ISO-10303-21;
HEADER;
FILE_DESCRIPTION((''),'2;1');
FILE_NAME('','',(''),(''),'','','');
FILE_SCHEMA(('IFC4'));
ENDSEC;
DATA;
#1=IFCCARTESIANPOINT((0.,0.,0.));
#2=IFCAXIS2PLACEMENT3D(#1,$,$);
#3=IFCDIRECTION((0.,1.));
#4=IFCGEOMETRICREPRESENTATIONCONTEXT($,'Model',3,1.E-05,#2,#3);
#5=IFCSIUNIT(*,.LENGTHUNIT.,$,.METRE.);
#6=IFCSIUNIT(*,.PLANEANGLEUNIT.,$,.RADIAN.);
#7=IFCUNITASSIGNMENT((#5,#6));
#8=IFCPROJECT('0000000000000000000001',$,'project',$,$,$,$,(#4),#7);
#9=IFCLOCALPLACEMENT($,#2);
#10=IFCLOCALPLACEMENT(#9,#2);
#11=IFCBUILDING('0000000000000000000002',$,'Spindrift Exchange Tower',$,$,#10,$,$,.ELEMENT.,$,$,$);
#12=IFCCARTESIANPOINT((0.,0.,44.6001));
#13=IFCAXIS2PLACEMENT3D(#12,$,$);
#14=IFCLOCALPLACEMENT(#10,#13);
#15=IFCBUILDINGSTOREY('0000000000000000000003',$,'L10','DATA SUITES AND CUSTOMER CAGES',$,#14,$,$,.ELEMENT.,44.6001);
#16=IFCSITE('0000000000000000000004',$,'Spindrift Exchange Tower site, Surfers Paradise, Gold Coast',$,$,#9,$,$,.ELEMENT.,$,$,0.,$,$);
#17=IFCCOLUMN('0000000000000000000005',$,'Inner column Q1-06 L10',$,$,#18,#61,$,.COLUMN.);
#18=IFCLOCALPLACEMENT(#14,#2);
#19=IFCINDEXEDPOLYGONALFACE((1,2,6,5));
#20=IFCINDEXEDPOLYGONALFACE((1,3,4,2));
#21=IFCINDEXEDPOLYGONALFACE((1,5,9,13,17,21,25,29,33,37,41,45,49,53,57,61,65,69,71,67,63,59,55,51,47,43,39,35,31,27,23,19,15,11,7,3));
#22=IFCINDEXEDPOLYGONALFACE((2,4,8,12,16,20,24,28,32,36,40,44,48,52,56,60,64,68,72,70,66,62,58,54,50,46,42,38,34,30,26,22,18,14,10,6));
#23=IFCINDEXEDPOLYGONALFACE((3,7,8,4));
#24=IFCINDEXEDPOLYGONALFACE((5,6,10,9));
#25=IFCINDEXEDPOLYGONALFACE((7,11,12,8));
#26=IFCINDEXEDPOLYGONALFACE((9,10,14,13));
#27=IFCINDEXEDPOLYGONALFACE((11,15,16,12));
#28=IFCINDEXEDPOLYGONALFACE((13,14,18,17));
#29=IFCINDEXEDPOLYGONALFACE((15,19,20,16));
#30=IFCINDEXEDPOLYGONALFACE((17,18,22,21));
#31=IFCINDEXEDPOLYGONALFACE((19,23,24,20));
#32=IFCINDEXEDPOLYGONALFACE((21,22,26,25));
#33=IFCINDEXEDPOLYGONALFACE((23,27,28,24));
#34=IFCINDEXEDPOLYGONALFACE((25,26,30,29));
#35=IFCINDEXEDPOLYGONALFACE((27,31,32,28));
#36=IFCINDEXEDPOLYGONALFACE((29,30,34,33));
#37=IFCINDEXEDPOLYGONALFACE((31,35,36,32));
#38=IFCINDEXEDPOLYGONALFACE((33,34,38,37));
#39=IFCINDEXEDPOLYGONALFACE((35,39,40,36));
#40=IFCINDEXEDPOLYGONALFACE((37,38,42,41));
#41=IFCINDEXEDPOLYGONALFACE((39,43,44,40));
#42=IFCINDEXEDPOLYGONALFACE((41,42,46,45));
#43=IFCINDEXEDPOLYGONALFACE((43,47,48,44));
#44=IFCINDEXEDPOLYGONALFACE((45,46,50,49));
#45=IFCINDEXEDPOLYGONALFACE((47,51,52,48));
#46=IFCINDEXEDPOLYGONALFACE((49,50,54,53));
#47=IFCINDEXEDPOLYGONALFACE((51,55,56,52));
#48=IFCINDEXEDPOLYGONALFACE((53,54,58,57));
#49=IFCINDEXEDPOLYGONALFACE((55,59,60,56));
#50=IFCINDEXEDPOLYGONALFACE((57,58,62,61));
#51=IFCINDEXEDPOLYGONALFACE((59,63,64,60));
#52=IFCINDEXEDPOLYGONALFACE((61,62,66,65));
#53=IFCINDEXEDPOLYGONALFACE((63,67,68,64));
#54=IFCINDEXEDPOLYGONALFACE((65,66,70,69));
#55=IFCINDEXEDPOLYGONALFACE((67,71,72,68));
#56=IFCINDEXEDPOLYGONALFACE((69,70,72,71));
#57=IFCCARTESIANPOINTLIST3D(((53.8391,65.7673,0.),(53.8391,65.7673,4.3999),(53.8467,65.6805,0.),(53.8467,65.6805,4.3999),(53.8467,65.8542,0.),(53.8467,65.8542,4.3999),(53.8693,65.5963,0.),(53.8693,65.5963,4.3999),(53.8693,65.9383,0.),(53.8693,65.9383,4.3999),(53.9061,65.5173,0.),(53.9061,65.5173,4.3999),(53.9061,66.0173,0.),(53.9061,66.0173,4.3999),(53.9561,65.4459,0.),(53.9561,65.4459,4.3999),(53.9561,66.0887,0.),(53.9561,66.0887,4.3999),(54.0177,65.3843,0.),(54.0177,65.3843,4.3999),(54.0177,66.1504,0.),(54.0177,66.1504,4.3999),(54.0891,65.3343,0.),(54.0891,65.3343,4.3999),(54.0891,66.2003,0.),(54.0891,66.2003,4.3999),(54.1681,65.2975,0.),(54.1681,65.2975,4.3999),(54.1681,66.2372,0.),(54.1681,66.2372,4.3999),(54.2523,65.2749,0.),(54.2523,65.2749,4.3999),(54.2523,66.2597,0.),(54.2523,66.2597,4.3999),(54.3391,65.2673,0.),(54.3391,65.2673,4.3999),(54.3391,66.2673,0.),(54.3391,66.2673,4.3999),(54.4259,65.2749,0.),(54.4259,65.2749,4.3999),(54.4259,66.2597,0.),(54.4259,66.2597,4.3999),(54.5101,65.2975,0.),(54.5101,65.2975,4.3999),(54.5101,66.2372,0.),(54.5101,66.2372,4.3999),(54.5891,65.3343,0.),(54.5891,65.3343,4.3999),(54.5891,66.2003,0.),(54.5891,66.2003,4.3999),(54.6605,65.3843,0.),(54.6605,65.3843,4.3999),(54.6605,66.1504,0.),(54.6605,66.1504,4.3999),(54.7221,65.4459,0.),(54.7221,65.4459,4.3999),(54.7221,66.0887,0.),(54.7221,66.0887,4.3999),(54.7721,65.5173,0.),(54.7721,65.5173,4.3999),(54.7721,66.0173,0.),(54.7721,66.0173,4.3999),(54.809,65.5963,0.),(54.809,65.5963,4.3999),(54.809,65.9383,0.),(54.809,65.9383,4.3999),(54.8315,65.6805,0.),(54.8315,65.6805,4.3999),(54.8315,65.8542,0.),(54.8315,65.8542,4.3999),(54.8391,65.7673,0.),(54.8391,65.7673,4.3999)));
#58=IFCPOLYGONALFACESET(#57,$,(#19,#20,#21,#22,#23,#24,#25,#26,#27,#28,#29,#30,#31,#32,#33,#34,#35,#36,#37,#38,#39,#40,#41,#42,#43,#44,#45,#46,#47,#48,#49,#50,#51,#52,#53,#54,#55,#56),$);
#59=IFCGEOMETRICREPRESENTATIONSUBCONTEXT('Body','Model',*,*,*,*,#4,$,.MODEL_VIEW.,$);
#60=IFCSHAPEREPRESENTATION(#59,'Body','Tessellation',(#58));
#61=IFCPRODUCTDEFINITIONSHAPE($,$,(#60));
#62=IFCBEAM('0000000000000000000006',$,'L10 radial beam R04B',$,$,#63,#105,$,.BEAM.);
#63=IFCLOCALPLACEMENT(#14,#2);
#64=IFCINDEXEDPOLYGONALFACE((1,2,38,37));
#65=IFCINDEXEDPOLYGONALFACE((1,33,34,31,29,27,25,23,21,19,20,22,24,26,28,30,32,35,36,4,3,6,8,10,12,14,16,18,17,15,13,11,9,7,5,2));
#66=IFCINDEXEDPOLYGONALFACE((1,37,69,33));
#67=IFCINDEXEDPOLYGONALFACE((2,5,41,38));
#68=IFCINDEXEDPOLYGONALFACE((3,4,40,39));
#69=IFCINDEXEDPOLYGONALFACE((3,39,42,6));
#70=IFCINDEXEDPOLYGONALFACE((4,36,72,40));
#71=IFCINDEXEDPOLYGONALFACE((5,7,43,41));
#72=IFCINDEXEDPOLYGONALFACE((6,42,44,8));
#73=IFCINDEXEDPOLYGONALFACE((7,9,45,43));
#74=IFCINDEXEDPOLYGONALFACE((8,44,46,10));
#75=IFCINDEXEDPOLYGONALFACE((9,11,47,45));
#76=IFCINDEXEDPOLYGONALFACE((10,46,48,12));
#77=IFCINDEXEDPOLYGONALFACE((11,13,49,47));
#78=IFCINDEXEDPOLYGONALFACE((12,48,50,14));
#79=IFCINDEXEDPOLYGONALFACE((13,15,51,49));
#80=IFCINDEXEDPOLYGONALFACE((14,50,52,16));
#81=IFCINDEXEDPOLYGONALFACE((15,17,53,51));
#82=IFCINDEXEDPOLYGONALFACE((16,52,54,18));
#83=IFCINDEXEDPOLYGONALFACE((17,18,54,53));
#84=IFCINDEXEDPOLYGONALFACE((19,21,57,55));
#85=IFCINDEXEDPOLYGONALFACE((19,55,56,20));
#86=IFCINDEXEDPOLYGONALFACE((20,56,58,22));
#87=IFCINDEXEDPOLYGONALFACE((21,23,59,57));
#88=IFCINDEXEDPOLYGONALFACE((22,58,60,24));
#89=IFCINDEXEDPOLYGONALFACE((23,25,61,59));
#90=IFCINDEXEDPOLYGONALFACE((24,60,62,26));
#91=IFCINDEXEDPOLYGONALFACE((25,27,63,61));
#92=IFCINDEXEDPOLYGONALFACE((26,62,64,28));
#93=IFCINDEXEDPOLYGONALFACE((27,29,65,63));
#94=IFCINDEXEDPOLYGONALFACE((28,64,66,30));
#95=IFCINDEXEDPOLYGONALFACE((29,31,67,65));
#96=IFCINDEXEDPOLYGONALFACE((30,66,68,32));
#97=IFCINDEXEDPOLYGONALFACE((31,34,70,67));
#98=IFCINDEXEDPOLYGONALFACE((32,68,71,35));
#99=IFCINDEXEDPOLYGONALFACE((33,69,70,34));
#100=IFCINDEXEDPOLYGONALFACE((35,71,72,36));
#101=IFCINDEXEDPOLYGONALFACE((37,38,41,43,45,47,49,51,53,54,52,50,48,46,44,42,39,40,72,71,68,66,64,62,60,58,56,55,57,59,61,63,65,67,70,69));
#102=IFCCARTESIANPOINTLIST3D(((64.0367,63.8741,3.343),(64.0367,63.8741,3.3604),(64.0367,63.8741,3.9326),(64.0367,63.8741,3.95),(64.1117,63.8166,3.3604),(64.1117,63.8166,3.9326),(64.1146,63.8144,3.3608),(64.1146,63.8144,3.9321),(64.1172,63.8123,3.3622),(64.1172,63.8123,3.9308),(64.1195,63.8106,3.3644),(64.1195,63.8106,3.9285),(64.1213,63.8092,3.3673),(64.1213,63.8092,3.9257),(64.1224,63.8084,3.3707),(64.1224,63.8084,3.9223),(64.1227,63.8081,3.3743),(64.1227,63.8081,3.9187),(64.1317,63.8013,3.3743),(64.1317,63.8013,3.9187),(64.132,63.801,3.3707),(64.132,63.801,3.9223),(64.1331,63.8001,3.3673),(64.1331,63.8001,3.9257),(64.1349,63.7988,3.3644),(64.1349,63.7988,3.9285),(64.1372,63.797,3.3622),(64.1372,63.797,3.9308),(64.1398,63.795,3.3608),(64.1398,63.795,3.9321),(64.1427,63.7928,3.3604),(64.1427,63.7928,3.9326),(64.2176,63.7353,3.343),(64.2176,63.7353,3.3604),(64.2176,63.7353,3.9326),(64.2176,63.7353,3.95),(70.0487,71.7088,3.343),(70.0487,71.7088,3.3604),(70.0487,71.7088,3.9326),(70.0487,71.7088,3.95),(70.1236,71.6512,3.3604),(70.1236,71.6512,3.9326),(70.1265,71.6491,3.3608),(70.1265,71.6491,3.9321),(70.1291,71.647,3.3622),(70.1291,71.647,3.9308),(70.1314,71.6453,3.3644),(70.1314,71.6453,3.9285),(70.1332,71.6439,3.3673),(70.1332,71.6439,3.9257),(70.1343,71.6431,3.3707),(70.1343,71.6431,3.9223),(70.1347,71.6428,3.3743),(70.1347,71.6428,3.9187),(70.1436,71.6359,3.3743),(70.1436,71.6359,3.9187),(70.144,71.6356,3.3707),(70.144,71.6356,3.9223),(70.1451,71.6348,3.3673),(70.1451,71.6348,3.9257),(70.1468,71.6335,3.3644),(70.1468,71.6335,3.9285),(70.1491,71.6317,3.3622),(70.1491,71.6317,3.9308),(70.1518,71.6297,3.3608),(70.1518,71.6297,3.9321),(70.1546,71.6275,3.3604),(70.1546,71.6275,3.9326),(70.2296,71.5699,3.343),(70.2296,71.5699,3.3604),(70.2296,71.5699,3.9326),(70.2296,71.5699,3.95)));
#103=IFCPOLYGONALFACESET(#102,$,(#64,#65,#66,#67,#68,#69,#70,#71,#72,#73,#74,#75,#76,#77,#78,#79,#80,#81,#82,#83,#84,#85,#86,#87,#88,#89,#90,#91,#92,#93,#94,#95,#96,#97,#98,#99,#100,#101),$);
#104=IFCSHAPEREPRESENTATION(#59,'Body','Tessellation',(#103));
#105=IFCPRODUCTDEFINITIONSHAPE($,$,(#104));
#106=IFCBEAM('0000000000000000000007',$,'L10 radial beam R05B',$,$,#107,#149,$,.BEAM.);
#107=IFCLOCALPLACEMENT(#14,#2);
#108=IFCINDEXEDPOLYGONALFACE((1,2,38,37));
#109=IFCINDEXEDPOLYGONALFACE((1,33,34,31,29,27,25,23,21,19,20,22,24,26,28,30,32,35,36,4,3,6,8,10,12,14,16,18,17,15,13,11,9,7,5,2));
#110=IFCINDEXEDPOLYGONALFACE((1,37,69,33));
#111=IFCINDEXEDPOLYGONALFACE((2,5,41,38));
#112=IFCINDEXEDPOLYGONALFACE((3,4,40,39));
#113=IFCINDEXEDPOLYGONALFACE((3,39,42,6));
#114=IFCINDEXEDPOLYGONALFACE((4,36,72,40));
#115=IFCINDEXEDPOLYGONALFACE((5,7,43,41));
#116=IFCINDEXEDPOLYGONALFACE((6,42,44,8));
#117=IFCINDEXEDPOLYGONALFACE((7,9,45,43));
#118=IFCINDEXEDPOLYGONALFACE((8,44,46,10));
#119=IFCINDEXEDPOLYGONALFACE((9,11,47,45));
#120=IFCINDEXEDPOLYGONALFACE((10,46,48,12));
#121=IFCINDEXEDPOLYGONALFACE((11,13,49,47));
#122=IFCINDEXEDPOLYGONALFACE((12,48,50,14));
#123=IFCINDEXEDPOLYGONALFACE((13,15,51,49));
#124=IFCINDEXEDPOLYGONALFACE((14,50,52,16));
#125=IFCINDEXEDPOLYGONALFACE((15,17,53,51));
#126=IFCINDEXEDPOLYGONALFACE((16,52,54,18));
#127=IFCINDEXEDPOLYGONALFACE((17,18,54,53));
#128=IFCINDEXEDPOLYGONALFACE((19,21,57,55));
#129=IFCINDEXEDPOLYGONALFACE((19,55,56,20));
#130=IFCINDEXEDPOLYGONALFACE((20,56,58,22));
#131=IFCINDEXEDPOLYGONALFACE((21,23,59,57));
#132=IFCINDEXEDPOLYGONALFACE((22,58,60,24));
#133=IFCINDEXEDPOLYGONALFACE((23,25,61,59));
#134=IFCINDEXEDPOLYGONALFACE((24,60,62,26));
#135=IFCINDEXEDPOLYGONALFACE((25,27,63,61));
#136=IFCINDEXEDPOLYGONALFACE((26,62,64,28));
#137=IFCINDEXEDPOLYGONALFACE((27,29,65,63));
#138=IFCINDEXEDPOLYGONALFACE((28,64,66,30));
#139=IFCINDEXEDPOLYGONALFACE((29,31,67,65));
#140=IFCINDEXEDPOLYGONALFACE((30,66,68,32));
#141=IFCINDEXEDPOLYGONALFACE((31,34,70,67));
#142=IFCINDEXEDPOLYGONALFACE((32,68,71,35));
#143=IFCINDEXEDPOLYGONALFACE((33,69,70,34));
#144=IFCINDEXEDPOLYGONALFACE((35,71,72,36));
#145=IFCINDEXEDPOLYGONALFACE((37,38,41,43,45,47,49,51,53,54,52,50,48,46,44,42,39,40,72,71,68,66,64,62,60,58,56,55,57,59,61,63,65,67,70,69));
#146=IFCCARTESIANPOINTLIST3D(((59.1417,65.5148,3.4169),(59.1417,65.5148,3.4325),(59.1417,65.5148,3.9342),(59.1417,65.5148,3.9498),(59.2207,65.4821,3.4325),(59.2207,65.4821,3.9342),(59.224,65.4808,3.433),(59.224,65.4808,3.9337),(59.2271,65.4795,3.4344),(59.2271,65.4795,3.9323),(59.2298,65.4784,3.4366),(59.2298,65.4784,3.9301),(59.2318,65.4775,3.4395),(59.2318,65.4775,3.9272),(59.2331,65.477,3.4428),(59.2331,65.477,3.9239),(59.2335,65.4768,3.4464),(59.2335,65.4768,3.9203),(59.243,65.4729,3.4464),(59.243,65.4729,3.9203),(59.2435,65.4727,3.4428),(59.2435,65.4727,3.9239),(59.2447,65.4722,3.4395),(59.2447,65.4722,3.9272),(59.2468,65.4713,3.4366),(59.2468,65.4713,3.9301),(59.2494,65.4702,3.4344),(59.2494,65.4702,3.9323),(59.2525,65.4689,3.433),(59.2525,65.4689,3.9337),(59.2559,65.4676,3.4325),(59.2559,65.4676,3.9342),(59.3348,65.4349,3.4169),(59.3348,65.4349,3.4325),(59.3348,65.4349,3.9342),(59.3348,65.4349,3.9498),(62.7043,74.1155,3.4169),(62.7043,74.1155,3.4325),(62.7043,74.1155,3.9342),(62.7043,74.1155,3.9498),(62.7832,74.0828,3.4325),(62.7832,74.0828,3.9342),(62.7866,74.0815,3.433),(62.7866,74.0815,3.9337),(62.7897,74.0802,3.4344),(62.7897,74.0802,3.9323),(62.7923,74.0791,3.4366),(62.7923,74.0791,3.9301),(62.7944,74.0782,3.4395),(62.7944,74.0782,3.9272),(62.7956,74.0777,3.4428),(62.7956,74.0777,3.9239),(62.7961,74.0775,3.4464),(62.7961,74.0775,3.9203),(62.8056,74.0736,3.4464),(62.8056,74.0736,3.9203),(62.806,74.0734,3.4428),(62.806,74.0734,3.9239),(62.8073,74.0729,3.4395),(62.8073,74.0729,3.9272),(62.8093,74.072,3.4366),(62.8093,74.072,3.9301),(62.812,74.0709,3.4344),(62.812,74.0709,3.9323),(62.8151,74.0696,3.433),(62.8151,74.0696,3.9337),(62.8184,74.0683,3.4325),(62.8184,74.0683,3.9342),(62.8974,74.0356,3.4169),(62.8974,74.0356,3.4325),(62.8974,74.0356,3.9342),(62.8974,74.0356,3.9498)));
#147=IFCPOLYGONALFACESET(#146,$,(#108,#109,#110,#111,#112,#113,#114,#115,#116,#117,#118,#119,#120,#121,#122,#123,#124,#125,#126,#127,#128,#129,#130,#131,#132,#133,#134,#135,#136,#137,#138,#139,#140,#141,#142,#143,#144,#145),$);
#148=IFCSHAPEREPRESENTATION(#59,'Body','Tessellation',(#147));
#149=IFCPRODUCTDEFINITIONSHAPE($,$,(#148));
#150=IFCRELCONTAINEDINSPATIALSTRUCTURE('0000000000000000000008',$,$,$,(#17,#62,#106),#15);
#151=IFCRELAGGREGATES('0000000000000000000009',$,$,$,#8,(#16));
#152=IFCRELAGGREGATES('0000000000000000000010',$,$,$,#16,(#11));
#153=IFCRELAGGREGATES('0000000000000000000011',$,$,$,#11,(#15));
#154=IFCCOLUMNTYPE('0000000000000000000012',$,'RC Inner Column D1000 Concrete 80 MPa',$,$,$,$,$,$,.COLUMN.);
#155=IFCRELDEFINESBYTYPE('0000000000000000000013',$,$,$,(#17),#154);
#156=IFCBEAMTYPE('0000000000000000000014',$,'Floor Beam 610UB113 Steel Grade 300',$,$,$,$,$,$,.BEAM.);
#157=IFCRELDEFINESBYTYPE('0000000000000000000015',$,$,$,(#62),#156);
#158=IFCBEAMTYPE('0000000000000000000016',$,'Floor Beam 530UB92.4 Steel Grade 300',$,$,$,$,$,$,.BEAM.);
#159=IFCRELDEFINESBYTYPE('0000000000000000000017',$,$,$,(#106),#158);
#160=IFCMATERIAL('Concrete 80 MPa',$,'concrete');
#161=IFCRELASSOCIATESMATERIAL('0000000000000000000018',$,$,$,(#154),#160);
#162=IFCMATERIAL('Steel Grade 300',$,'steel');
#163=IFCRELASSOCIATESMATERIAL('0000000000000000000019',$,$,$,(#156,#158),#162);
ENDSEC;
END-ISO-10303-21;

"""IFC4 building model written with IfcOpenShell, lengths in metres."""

from ifc_helpers import new_model, si_unit, direction, frame, origin, origin_2d, place, context, subcontext, project, spatial, circle, i_section, extrude, source, transform, mapped, material, material_profile, profile_set, type_object, element, save


model = new_model("IFC4")

# Units and contexts
model_context = context("Model", 3, precision=1e-05, world=origin(), true_north=direction((0.0, 1.0)))
body_context = subcontext(model_context, "Body", "Model", "MODEL_VIEW")
ifc_project = project(units=[si_unit("LENGTHUNIT", "METRE"), si_unit("PLANEANGLEUNIT", "RADIAN")], contexts=[model_context])

# Site, building, storey
site_placement = place(None, origin())
site = spatial("IfcSite", under=ifc_project, at=site_placement, Name="Spindrift Exchange Tower site, Surfers Paradise, Gold Coast", CompositionType="ELEMENT", RefElevation=0.0)
building_placement = place(site_placement, origin())
building = spatial("IfcBuilding", under=site, at=building_placement, Name="Spindrift Exchange Tower", CompositionType="ELEMENT")
storey_placement = place(building_placement, frame((0.0, 0.0, 44.6001)))
storey = spatial("IfcBuildingStorey", under=building, at=storey_placement, Name="L10", Description="DATA SUITES AND CUSTOMER CAGES", CompositionType="ELEMENT", Elevation=44.6001)

# Column
ifc_material_1 = material(Name="Concrete 80 MPa", Category="concrete")
ifc_material_profile_1 = material_profile(ifc_material_1, circle(Radius=0.5, at=origin_2d()), Name="RC D1000")
ifc_profile_set_1 = profile_set([ifc_material_profile_1], Name="Concrete 80 MPa")
column_type_1 = type_object("IfcColumnType", Name="RC Inner Column D1000 Concrete 80 MPa", PredefinedType="COLUMN", material=ifc_profile_set_1)
shared_shape_1 = source(origin(), body_context, "Body", "SweptSolid", [
    extrude(circle(Radius=0.5, at=origin_2d()), origin(), (0.0, 0.0, 1.0), 4.3999),
])
for number, where, z_axis, x_axis, name in (
    (1, (54.3391, 65.7673, 0.0), (0.0, 0.0, 1.0), (1.0, 0.0, 0.0), "Inner column Q1-06 L10"),
):
    element("IfcColumn", number, at=place(storey_placement, frame(where, z_axis=z_axis, x_axis=x_axis)), inside=storey, type_object=column_type_1, Name=name, PredefinedType="COLUMN", context=body_context, shape_type="MappedRepresentation", body=[
        mapped(shared_shape_1, transform((0.0, 0.0, 0.0), scale=1.0)),
    ])

# Beams
ifc_material_2 = material(Name="Steel Grade 300", Category="steel")
ifc_material_profile_2 = material_profile(ifc_material_2, i_section(OverallWidth=0.228, OverallDepth=0.6069, WebThickness=0.0112, FlangeThickness=0.0173, FilletRadius=0.0139, at=origin_2d()), Name="610UB113")
ifc_profile_set_2 = profile_set([ifc_material_profile_2], Name="Steel Grade 300")
beam_type_1 = type_object("IfcBeamType", Name="Floor Beam 610UB113 Steel Grade 300", PredefinedType="BEAM", material=ifc_profile_set_2)
shared_shape_2 = source(origin(), body_context, "Body", "SweptSolid", [
    extrude(i_section(OverallWidth=0.228, OverallDepth=0.6069, WebThickness=0.0112, FlangeThickness=0.0173, FilletRadius=0.0139, at=origin_2d()), origin(), (0.0, 0.0, 1.0), 9.8755),
])
beam_1_placement = place(storey_placement, frame((64.1272, 63.8047, 3.6465), z_axis=(0.608772, 0.793345, 0.0), x_axis=(-0.793345, 0.608772, 0.0)))
element("IfcBeam", 2, at=beam_1_placement, inside=storey, type_object=beam_type_1, Name="L10 radial beam R04B", PredefinedType="BEAM", context=body_context, shape_type="MappedRepresentation", body=[
    mapped(shared_shape_2, transform((0.0, 0.0, 0.0), scale=1.0)),
])
ifc_material_profile_3 = material_profile(ifc_material_2, i_section(OverallWidth=0.209, OverallDepth=0.533, WebThickness=0.0103, FlangeThickness=0.0156, FilletRadius=0.0139, at=origin_2d()), Name="530UB92.4")
ifc_profile_set_3 = profile_set([ifc_material_profile_3], Name="Steel Grade 300")
beam_type_2 = type_object("IfcBeamType", Name="Floor Beam 530UB92.4 Steel Grade 300", PredefinedType="BEAM", material=ifc_profile_set_3)
shared_shape_3 = source(origin(), body_context, "Body", "SweptSolid", [
    extrude(i_section(OverallWidth=0.209, OverallDepth=0.533, WebThickness=0.0103, FlangeThickness=0.0156, FilletRadius=0.0139, at=origin_2d()), origin(), (0.0, 0.0, 1.0), 9.3093),
])
beam_2_placement = place(storey_placement, frame((59.2383, 65.4749, 3.6833), z_axis=(0.382685, 0.923879, 0.0), x_axis=(-0.923879, 0.382685, 0.0)))
element("IfcBeam", 3, at=beam_2_placement, inside=storey, type_object=beam_type_2, Name="L10 radial beam R05B", PredefinedType="BEAM", context=body_context, shape_type="MappedRepresentation", body=[
    mapped(shared_shape_3, transform((0.0, 0.0, 0.0), scale=1.0)),
])

save(model, "model.ifc")
